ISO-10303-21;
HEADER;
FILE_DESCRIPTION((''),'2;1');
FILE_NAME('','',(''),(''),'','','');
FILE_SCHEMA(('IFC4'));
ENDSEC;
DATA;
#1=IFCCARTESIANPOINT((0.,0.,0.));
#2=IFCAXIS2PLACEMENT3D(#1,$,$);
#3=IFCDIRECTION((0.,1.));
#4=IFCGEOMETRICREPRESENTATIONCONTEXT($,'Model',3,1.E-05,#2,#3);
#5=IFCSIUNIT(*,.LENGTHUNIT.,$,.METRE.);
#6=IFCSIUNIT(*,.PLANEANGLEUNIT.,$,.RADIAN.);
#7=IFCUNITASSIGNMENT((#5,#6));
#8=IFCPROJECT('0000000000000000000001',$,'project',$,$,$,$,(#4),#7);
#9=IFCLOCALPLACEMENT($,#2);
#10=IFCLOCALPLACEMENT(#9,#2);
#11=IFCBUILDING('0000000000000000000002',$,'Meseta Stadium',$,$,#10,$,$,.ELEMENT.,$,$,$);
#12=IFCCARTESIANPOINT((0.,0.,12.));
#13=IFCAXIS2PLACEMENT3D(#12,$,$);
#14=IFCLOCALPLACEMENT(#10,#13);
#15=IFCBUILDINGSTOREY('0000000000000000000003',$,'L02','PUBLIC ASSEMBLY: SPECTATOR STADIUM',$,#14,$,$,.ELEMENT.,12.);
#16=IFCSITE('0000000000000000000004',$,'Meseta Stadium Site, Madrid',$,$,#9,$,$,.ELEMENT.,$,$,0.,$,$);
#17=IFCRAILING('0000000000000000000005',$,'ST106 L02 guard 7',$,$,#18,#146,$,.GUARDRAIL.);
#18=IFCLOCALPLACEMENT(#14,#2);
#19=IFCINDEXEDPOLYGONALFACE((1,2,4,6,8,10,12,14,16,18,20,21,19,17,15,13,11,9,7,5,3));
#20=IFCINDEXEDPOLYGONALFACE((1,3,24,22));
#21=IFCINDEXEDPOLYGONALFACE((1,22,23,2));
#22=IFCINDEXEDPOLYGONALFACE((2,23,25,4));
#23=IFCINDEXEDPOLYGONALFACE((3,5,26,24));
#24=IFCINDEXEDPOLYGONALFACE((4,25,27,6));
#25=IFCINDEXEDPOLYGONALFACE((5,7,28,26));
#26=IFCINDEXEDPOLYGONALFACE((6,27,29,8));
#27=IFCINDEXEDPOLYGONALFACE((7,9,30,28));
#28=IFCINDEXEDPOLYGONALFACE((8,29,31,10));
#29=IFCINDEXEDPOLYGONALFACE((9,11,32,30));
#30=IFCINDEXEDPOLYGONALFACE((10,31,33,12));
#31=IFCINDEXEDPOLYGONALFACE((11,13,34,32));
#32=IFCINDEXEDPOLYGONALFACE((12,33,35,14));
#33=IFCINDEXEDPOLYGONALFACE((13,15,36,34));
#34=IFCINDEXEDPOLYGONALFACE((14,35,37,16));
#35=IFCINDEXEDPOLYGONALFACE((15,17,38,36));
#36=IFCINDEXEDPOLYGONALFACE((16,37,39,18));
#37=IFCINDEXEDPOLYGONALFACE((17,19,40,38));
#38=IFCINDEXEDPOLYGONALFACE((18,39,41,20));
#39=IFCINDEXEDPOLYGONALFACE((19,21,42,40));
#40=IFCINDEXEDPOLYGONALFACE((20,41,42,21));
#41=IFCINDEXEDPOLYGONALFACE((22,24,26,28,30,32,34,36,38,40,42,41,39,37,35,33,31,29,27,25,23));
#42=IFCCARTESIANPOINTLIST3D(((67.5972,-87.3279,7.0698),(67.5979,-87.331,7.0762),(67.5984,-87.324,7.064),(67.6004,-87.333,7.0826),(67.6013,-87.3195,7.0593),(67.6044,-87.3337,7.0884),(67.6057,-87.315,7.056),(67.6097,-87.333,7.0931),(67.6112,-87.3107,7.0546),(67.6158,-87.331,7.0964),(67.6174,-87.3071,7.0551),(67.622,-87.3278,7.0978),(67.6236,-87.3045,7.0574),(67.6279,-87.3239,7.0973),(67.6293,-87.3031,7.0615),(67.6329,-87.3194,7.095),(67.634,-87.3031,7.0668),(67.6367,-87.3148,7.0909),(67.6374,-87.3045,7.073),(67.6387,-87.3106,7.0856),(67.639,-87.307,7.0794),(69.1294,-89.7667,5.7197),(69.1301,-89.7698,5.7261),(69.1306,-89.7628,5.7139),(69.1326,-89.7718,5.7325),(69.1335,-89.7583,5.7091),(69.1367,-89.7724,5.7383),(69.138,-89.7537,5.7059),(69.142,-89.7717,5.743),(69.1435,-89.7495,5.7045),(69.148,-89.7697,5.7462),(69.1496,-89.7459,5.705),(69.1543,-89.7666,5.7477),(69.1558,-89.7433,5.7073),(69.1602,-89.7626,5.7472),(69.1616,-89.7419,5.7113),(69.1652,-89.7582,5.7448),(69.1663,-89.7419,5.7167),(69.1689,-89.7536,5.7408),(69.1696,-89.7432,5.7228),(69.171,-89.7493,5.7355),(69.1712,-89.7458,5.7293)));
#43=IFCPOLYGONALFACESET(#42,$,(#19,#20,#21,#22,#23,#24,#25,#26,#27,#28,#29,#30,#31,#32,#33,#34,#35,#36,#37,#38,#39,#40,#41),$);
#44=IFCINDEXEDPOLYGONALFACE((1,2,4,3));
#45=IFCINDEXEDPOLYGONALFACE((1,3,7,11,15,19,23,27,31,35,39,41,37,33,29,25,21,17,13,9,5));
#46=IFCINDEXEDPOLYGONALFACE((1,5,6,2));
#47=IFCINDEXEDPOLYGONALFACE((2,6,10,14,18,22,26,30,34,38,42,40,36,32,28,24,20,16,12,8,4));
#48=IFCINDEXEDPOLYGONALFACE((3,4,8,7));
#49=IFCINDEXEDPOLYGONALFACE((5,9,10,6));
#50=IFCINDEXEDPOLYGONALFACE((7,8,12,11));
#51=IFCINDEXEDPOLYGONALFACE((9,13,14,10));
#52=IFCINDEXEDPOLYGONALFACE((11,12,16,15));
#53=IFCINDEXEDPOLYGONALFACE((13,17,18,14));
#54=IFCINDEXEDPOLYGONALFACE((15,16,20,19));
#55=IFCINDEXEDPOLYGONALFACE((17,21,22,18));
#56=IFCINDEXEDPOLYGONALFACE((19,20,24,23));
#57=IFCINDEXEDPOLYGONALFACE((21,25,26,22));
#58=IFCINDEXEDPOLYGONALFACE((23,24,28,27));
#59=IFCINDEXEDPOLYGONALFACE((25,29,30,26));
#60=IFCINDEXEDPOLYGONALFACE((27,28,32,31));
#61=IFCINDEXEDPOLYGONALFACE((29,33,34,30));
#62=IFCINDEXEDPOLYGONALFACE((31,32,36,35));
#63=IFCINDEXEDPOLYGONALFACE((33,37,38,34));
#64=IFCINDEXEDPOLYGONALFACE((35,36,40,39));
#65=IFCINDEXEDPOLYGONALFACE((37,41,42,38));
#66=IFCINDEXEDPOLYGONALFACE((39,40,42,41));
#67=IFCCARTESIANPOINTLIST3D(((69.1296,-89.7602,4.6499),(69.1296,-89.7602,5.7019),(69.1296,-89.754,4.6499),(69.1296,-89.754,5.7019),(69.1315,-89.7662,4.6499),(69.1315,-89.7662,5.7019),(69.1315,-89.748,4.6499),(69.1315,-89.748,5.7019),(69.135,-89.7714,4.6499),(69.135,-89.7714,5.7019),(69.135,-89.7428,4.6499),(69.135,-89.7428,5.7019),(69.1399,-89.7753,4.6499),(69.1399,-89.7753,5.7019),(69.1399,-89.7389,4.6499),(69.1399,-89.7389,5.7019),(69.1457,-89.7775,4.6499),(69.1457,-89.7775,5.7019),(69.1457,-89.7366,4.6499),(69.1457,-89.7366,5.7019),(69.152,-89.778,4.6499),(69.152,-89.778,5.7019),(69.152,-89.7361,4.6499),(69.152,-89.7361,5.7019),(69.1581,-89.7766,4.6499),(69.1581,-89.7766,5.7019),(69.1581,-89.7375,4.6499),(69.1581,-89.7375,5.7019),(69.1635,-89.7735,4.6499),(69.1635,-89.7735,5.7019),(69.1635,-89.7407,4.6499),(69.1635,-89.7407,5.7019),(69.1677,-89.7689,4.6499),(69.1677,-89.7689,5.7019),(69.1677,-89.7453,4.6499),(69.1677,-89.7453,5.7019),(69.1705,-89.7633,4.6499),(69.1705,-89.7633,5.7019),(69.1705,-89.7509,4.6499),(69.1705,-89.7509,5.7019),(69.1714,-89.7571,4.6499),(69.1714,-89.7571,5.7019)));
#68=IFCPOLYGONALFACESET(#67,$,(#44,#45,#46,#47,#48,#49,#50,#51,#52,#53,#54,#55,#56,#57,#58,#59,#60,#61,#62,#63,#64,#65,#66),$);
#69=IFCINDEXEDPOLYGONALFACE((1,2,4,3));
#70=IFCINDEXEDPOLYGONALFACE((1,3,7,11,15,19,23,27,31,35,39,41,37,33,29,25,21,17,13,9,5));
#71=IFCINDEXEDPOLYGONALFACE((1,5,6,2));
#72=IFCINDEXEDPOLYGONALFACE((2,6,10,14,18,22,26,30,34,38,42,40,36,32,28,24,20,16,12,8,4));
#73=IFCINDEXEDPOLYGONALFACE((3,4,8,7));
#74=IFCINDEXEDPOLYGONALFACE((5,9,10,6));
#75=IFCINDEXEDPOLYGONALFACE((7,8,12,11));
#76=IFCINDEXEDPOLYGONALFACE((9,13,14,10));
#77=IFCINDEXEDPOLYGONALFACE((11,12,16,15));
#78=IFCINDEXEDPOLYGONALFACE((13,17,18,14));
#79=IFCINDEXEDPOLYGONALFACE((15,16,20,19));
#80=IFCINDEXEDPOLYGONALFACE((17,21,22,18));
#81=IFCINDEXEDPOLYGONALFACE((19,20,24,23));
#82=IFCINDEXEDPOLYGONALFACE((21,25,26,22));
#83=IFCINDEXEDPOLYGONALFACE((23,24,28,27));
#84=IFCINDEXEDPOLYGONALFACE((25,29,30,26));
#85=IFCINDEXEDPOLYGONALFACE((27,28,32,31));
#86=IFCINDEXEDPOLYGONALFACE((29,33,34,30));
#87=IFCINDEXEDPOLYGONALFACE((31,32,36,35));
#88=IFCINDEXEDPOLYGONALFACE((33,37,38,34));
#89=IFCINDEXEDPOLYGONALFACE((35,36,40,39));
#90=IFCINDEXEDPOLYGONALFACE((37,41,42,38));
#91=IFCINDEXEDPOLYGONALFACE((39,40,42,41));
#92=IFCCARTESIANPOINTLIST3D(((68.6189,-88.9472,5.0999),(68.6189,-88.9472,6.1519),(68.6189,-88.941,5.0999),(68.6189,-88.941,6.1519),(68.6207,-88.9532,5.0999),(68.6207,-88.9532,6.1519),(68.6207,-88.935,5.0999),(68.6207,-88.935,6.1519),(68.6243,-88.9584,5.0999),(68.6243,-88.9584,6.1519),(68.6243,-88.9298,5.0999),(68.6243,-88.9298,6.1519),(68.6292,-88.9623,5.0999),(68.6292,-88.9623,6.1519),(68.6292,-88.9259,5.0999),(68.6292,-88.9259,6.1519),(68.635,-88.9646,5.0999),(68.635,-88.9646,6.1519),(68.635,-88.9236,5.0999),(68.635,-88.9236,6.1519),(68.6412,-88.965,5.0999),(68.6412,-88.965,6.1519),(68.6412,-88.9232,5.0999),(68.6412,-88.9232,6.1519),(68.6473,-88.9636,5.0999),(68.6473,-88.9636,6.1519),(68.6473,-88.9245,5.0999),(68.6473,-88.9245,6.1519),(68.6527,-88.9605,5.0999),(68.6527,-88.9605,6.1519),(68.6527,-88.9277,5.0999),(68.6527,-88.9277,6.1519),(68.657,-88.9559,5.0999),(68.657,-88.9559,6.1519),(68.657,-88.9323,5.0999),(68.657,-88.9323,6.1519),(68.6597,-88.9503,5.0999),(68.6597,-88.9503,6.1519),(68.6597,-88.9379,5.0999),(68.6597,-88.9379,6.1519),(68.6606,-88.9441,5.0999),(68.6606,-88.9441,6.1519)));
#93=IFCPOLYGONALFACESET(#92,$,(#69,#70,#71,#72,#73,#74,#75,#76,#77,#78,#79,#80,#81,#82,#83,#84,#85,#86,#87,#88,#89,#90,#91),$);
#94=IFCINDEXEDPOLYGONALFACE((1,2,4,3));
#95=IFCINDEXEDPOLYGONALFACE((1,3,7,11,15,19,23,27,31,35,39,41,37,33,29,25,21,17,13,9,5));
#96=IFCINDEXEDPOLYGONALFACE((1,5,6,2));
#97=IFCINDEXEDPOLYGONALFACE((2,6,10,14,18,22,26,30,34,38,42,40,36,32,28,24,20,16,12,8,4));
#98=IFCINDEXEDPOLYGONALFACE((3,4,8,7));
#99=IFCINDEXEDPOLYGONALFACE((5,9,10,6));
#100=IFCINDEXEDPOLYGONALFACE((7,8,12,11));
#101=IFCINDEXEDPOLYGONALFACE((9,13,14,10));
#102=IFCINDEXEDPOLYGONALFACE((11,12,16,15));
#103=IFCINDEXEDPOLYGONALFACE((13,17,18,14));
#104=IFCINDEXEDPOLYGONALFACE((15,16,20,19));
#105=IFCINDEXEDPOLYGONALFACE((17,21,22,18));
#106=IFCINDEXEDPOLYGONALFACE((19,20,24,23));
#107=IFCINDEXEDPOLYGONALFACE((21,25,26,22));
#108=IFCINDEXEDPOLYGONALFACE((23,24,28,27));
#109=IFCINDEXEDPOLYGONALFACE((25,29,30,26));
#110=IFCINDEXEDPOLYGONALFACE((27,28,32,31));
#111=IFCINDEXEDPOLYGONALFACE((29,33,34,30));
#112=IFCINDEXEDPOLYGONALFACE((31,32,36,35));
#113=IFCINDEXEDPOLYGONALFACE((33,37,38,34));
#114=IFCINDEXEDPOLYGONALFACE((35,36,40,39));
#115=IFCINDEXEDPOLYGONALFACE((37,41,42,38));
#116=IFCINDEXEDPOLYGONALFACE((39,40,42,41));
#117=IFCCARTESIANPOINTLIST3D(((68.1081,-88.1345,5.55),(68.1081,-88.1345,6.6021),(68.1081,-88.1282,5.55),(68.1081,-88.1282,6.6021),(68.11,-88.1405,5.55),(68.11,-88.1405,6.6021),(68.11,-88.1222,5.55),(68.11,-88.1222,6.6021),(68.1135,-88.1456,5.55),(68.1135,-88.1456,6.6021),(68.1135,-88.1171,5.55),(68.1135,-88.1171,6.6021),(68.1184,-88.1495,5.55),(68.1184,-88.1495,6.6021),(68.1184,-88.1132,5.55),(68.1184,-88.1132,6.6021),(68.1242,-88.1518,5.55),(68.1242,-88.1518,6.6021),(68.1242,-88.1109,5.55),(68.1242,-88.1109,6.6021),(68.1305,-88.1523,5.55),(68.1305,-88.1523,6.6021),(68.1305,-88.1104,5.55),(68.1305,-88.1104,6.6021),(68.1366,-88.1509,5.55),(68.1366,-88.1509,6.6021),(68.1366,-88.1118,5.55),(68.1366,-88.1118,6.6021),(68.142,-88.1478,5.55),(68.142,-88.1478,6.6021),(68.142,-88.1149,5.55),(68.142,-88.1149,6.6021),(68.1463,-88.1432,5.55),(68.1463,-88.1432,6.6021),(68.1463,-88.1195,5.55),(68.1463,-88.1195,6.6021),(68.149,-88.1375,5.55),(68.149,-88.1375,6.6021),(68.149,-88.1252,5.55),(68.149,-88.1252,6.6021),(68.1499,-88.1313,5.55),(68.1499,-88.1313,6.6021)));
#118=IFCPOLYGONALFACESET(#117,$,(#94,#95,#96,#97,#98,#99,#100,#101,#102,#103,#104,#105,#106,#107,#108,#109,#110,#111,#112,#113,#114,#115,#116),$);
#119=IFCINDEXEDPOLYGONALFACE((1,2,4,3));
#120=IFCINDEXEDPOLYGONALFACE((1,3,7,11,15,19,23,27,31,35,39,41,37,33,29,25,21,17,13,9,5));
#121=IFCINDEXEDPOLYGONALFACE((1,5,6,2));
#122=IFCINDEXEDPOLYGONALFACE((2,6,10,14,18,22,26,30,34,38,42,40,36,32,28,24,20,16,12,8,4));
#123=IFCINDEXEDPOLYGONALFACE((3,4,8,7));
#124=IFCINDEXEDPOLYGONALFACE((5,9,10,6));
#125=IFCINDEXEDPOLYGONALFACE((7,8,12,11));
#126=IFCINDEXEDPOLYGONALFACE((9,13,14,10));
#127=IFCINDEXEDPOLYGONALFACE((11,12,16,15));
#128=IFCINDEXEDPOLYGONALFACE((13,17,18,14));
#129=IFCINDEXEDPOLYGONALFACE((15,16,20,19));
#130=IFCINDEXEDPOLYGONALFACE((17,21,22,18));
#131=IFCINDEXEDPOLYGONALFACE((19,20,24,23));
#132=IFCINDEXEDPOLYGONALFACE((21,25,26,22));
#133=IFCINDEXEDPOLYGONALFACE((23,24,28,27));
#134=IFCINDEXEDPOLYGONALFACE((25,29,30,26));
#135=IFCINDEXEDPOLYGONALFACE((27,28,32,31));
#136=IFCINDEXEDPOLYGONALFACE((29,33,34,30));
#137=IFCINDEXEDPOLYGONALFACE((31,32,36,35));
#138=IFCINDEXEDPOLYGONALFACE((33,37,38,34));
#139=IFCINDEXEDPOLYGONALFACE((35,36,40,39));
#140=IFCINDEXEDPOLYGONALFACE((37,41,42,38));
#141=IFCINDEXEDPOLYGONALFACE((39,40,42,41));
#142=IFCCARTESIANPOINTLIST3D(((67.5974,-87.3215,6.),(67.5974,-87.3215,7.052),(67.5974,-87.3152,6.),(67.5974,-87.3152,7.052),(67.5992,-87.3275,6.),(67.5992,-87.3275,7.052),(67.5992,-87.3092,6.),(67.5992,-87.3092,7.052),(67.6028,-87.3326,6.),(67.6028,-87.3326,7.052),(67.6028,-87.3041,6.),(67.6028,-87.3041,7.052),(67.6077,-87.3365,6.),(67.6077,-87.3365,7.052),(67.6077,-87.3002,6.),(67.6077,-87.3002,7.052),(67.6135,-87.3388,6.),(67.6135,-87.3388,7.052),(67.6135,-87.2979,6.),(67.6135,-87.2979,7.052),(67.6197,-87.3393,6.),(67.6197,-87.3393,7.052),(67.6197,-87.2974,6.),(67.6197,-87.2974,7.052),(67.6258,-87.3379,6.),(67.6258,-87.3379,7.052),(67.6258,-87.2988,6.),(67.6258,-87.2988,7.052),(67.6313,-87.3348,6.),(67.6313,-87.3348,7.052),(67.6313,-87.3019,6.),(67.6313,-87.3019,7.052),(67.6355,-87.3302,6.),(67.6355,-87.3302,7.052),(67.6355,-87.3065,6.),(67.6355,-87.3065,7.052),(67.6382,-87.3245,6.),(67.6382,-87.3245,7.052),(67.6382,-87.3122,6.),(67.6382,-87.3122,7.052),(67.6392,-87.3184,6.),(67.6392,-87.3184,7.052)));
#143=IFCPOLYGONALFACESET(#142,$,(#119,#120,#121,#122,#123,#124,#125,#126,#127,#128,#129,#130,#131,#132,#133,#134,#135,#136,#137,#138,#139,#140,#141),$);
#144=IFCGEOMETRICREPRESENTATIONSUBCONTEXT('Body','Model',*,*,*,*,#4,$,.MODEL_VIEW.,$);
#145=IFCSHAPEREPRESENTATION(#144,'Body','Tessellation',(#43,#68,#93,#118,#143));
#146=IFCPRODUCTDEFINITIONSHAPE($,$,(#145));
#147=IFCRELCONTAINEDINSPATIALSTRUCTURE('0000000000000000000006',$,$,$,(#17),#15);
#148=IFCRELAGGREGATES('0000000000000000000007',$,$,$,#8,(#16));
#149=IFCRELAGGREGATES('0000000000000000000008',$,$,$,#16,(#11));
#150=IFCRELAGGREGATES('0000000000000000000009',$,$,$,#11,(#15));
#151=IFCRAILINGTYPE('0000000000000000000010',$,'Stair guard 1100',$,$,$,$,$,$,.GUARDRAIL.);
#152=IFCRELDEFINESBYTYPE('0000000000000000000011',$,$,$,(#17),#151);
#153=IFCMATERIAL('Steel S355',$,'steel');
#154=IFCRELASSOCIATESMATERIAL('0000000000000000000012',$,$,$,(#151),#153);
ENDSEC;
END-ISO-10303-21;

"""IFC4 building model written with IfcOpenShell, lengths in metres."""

from ifc_helpers import new_model, si_unit, direction, frame, origin, origin_2d, place, context, subcontext, project, spatial, circle, extrude, material, type_object, element, save


model = new_model("IFC4")

# Units and contexts
model_context = context("Model", 3, precision=1e-05, world=origin(), true_north=direction((0.0, 1.0)))
body_context = subcontext(model_context, "Body", "Model", "MODEL_VIEW")
ifc_project = project(units=[si_unit("LENGTHUNIT", "METRE"), si_unit("PLANEANGLEUNIT", "RADIAN")], contexts=[model_context])

# Site, building, storey
site_placement = place(None, origin())
site = spatial("IfcSite", under=ifc_project, at=site_placement, Name="Meseta Stadium Site, Madrid", CompositionType="ELEMENT", RefElevation=0.0)
building_placement = place(site_placement, origin())
building = spatial("IfcBuilding", under=site, at=building_placement, Name="Meseta Stadium", CompositionType="ELEMENT")
storey_placement = place(building_placement, frame((0.0, 0.0, 12.0)))
storey = spatial("IfcBuildingStorey", under=building, at=storey_placement, Name="L02", Description="PUBLIC ASSEMBLY: SPECTATOR STADIUM", CompositionType="ELEMENT", Elevation=12.0)

# Railing
ifc_material_1 = material(Name="Steel S355", Category="steel")
railing_type_1 = type_object("IfcRailingType", Name="Stair guard 1100", PredefinedType="GUARDRAIL", material=ifc_material_1)
railing_1_placement = place(storey_placement, frame((69.1504, -89.7571, 4.6499)))
element("IfcRailing", 1, at=railing_1_placement, inside=storey, type_object=railing_type_1, Name="ST106 L02 guard 7", PredefinedType="GUARDRAIL", context=body_context, shape_type="SweptSolid", body=[
    extrude(circle(Radius=0.0239, at=origin_2d()), frame((0.0, 0.0, 1.0762), z_axis=(-0.481703, 0.766687, 0.424445), x_axis=(-0.846743, -0.532001, 0.0)), (0.0, 0.0, 1.0), 3.1809),
    extrude(circle(Radius=0.021, at=origin_2d()), origin(), (0.0, 0.0, 1.0), 1.052),
    extrude(circle(Radius=0.021, at=origin_2d()), frame((-0.5107, 0.813, 0.45)), (0.0, 0.0, 1.0), 1.052),
    extrude(circle(Radius=0.021, at=origin_2d()), frame((-1.0215, 1.6257, 0.9001)), (0.0, 0.0, 1.0), 1.052),
    extrude(circle(Radius=0.021, at=origin_2d()), frame((-1.5322, 2.4387, 1.3501)), (0.0, 0.0, 1.0), 1.052),
])

save(model, "model.ifc")
